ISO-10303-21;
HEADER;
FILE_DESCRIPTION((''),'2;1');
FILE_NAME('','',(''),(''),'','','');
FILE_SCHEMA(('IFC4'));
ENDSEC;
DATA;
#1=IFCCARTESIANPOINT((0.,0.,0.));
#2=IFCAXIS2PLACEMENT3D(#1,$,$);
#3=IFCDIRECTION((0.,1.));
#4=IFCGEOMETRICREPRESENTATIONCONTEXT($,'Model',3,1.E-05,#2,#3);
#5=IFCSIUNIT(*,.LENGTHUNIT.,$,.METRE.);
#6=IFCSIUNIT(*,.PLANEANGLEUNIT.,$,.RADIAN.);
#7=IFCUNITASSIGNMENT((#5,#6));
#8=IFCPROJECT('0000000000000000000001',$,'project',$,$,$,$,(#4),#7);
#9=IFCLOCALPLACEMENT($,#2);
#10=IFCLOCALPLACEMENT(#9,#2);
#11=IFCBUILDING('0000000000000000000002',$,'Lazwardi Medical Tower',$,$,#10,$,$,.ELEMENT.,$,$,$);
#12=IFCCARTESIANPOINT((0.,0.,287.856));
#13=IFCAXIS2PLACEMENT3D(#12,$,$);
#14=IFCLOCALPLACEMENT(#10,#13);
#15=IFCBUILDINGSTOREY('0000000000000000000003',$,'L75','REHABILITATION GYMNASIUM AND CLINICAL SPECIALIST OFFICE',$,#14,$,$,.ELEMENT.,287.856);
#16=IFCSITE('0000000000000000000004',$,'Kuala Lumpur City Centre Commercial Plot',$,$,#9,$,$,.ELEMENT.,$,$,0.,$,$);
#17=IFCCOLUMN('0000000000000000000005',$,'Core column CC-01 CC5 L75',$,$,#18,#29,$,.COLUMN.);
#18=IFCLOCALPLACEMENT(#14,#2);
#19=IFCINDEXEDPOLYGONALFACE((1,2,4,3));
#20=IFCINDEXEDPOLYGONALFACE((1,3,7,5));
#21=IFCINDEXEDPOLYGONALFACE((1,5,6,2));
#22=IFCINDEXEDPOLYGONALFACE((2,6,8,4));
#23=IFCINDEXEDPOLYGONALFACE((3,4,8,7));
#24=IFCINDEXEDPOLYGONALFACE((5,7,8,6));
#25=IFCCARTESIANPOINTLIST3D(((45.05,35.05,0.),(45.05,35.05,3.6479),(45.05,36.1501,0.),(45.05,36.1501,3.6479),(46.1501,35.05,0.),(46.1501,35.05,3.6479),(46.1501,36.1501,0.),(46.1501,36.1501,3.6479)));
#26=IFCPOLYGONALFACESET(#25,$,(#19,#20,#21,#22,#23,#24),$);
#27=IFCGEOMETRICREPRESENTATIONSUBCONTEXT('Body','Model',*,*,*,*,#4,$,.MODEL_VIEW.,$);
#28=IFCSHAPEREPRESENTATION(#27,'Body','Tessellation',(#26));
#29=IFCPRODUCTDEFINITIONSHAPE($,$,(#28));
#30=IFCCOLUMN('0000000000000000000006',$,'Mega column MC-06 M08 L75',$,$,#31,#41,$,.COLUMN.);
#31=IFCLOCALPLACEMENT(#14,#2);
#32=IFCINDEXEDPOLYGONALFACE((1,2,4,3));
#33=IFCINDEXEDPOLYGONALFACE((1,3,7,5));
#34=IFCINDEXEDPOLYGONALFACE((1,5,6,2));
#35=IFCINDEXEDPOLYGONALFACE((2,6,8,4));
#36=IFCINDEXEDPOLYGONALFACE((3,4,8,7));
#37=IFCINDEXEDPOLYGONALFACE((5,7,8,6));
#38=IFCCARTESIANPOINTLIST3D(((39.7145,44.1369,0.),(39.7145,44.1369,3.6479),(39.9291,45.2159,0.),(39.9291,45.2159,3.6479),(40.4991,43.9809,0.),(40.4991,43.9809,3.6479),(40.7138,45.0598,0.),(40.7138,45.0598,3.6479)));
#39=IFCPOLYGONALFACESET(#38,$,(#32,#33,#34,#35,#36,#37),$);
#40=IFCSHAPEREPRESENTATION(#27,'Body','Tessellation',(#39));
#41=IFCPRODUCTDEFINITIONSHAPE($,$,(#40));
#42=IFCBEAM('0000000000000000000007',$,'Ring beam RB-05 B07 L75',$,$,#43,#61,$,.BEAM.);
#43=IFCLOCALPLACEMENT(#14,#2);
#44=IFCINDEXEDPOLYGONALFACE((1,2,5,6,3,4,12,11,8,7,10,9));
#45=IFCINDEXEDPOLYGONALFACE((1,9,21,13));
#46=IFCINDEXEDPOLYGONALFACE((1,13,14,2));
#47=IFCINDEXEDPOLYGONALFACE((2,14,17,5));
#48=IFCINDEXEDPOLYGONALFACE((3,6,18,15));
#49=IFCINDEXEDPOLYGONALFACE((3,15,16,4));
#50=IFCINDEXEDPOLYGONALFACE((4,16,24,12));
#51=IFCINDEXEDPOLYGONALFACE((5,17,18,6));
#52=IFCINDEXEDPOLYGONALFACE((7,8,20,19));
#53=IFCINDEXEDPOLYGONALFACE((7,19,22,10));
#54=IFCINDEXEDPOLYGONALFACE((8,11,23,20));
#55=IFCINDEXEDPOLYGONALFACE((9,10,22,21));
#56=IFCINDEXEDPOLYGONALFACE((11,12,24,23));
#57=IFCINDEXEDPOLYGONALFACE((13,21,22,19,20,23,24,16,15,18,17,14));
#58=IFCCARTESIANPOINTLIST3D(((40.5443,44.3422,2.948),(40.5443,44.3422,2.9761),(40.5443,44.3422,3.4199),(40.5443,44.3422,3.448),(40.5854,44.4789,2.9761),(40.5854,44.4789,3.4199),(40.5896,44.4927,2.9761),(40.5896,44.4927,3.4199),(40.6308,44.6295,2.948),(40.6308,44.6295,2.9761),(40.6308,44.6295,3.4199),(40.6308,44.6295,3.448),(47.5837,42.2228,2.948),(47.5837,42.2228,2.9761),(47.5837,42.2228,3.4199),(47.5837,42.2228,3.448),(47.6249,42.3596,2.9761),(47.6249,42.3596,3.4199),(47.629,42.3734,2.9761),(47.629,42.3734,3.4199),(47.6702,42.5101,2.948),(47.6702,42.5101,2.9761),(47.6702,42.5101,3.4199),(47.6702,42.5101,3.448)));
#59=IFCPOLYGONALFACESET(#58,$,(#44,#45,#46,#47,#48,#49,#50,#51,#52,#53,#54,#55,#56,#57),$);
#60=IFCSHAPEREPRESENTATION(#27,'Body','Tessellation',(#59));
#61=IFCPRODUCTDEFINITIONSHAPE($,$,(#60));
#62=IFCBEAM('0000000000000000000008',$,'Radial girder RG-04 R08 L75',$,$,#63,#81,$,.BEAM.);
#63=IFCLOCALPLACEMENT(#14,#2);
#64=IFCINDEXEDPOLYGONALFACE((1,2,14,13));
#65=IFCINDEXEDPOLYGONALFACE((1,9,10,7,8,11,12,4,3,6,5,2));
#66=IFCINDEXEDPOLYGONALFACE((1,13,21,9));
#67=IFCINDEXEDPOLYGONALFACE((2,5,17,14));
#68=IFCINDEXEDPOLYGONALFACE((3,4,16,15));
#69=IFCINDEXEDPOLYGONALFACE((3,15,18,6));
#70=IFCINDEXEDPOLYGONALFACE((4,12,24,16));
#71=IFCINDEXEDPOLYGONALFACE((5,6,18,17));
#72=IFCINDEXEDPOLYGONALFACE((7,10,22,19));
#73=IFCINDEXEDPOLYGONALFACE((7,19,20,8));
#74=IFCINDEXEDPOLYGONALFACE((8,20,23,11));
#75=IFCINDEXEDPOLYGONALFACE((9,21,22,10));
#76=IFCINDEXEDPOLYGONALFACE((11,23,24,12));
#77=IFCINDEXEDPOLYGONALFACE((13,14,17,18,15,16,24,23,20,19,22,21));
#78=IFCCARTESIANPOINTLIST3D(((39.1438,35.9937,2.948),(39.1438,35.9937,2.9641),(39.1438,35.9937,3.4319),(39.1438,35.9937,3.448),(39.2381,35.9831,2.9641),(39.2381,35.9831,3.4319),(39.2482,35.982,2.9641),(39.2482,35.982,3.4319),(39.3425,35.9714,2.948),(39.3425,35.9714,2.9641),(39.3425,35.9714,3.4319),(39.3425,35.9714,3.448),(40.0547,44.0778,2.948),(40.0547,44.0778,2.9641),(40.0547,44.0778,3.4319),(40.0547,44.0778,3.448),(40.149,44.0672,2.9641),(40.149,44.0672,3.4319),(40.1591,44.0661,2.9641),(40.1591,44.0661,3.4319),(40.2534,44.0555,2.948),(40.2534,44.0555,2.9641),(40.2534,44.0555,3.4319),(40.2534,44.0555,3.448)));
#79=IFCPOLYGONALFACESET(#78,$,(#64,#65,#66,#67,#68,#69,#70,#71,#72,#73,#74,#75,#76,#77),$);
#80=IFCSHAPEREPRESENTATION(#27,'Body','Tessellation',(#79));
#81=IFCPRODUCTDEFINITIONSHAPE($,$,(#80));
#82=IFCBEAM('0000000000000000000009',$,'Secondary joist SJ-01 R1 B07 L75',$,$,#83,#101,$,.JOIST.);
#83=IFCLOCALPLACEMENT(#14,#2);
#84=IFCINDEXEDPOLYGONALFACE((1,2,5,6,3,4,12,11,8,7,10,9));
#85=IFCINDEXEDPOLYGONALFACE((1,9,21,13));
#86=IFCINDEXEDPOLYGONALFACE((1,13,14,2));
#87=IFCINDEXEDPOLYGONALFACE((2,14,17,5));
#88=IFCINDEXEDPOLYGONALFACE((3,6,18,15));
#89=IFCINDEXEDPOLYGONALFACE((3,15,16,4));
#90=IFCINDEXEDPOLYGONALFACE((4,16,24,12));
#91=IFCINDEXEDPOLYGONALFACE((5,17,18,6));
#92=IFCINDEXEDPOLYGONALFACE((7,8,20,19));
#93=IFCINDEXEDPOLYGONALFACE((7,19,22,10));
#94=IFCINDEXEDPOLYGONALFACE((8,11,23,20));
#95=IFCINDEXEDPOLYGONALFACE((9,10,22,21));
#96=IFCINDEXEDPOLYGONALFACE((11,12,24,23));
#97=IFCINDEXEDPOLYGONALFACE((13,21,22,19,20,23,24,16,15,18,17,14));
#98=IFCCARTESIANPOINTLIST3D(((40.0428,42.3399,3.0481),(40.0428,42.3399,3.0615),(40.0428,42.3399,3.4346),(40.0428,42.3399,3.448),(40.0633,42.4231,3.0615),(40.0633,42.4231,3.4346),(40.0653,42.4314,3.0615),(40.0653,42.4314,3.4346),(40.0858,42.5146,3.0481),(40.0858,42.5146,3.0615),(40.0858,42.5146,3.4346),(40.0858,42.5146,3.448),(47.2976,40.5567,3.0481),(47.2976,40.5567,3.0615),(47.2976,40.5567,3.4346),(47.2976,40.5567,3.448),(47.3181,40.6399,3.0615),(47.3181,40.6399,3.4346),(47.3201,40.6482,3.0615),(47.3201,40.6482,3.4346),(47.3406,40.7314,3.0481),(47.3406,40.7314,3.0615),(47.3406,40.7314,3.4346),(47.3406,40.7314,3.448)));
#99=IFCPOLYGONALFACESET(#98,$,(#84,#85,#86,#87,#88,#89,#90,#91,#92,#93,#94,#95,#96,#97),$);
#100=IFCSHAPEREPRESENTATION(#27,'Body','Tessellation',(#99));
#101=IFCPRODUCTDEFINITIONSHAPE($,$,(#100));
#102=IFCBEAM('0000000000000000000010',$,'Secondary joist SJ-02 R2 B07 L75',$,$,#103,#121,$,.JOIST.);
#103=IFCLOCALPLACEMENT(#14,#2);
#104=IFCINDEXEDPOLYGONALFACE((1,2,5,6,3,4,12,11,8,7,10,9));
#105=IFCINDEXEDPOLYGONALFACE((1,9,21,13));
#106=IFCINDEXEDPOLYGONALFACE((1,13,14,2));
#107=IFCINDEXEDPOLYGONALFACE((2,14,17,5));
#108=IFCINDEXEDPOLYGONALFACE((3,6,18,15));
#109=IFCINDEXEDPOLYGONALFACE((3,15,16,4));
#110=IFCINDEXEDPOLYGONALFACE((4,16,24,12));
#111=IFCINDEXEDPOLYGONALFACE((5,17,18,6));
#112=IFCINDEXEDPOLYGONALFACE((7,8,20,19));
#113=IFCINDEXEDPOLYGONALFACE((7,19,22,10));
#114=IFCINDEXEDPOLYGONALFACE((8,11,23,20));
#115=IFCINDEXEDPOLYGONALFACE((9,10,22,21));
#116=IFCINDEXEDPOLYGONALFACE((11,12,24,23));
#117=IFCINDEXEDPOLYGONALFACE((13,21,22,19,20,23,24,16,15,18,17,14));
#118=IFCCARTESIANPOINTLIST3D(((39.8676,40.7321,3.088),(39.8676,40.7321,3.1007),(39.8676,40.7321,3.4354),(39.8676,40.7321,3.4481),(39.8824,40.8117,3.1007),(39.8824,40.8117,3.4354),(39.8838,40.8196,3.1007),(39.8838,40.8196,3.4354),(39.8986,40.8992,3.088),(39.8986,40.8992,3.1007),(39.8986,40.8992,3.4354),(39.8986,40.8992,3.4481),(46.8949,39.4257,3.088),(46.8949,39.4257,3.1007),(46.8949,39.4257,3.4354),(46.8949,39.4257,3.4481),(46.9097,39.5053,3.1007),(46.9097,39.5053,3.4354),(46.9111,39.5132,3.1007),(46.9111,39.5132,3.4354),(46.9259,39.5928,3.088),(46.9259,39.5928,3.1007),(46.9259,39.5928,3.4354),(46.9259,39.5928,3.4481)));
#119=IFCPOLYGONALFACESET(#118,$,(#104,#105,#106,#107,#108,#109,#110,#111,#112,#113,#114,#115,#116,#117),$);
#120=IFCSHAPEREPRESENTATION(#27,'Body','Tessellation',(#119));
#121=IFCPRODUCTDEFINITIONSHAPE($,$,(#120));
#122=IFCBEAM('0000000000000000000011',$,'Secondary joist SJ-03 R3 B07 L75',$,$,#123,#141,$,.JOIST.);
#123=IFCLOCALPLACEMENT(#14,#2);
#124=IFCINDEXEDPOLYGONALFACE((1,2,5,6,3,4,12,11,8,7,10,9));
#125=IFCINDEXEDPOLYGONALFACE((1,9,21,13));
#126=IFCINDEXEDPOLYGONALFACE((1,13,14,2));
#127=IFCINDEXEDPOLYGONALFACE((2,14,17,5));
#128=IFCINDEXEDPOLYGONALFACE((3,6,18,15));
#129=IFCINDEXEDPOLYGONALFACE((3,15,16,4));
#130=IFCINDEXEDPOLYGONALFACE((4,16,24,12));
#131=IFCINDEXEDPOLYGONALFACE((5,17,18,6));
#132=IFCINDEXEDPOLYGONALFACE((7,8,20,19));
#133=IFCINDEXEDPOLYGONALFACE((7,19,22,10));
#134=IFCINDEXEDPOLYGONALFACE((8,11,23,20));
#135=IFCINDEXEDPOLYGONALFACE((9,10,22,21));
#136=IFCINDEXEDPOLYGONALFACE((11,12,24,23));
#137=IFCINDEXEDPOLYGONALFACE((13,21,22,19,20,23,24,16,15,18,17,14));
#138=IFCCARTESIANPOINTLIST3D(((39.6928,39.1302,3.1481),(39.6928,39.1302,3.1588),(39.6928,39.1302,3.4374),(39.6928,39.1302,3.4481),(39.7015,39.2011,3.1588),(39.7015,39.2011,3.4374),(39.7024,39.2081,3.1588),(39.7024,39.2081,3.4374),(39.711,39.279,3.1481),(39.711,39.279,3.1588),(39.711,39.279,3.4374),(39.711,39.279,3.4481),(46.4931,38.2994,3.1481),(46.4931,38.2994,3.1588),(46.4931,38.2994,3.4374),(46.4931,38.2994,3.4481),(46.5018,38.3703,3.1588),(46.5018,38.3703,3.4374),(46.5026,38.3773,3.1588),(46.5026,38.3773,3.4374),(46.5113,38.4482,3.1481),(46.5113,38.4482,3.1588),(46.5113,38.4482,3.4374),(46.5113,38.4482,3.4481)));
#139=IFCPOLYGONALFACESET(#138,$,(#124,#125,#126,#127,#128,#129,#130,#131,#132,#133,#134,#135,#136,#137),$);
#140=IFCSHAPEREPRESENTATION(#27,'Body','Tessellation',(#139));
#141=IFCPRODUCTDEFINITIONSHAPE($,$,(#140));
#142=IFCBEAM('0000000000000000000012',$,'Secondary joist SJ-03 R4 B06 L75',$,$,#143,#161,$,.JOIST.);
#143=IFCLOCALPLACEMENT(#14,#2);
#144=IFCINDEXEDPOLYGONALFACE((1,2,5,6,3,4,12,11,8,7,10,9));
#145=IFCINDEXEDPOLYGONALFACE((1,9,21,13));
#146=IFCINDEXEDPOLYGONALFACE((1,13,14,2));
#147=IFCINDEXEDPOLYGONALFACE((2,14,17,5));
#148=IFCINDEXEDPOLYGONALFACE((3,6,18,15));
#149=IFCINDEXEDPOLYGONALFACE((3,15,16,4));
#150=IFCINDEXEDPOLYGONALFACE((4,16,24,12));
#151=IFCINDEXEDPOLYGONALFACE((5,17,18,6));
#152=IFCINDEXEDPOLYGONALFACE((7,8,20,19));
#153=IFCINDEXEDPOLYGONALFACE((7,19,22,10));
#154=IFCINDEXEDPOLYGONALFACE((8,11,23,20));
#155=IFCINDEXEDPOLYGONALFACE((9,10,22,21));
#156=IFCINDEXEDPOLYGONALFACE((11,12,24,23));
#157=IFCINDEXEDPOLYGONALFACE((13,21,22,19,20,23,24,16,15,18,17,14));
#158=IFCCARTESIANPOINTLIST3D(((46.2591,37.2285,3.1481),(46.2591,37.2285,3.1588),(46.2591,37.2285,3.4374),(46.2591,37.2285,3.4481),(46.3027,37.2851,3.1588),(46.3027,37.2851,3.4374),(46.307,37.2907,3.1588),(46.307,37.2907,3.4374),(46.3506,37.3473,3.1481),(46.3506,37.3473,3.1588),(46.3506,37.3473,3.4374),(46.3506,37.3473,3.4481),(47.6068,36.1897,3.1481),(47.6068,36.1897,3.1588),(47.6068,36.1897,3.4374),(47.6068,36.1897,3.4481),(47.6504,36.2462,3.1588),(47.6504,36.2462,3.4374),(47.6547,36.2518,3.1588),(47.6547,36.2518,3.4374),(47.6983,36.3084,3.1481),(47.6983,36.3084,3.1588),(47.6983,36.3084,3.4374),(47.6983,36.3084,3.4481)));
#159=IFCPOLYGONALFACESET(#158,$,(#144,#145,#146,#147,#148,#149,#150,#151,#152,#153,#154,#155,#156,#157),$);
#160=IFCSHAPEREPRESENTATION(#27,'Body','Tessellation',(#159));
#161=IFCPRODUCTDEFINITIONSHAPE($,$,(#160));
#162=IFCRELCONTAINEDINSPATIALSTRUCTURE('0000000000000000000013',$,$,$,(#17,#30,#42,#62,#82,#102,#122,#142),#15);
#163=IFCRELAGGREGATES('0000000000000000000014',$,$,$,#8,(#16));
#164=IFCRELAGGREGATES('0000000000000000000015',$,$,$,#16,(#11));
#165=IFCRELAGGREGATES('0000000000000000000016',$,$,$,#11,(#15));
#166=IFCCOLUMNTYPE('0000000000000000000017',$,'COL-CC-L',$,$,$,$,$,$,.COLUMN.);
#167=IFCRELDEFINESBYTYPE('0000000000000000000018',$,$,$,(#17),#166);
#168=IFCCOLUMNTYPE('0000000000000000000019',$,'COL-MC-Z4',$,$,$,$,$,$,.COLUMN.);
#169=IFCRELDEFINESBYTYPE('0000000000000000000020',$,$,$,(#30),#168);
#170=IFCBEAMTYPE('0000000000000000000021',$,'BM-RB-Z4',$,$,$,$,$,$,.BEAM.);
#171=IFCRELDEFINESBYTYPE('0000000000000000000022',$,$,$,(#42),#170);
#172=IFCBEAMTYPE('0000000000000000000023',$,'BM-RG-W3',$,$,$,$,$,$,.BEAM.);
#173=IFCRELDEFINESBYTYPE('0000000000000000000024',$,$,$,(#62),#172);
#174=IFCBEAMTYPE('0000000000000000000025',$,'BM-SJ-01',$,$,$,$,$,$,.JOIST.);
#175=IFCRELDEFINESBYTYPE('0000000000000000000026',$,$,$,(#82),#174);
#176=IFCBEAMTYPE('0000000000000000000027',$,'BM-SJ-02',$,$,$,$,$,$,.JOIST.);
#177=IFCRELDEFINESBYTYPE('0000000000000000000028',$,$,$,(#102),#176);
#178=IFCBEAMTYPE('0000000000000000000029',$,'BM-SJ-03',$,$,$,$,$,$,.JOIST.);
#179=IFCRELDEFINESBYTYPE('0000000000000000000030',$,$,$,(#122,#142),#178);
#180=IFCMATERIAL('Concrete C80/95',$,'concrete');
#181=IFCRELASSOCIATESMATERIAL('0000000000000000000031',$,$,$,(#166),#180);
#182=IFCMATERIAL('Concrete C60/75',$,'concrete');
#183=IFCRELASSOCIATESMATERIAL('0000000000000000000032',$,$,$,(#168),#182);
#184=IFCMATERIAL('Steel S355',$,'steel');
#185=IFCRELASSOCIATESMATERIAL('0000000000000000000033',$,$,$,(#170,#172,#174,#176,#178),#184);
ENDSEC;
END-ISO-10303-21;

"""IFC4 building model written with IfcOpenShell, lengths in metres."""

from ifc_helpers import new_model, si_unit, direction, frame, origin, origin_2d, place, context, subcontext, project, spatial, rectangle, i_section, extrude, material, material_profile, profile_set, type_object, element, save


model = new_model("IFC4")

# Units and contexts
model_context = context("Model", 3, precision=1e-05, world=origin(), true_north=direction((0.0, 1.0)))
body_context = subcontext(model_context, "Body", "Model", "MODEL_VIEW")
ifc_project = project(units=[si_unit("LENGTHUNIT", "METRE"), si_unit("PLANEANGLEUNIT", "RADIAN")], contexts=[model_context])

# Site, building, storey
site_placement = place(None, origin())
site = spatial("IfcSite", under=ifc_project, at=site_placement, Name="Kuala Lumpur City Centre Commercial Plot", CompositionType="ELEMENT", RefElevation=0.0)
building_placement = place(site_placement, origin())
building = spatial("IfcBuilding", under=site, at=building_placement, Name="Lazwardi Medical Tower", CompositionType="ELEMENT")
storey_placement = place(building_placement, frame((0.0, 0.0, 287.856)))
storey = spatial("IfcBuildingStorey", under=building, at=storey_placement, Name="L75", Description="REHABILITATION GYMNASIUM AND CLINICAL SPECIALIST OFFICE", CompositionType="ELEMENT", Elevation=287.856)

# Columns
ifc_material_1 = material(Name="Concrete C80/95", Category="concrete")
ifc_material_profile_1 = material_profile(ifc_material_1, rectangle(XDim=1.1001, YDim=1.1001, at=origin_2d()), Name="RC 1100x1100")
ifc_profile_set_1 = profile_set([ifc_material_profile_1], Name="Concrete C80/95")
column_type_1 = type_object("IfcColumnType", Name="COL-CC-L", PredefinedType="COLUMN", material=ifc_profile_set_1)
column_1_placement = place(storey_placement, frame((45.6001, 35.6001, 0.0), z_axis=(0.0, 0.0, 1.0), x_axis=(1.0, 0.0, 0.0)))
element("IfcColumn", 1, at=column_1_placement, inside=storey, type_object=column_type_1, Name="Core column CC-01 CC5 L75", PredefinedType="COLUMN", context=body_context, shape_type="SweptSolid", body=[
    extrude(rectangle(XDim=1.1001, YDim=1.1001, at=origin_2d()), origin(), (0.0, 0.0, 1.0), 3.6479),
])
ifc_material_2 = material(Name="Concrete C60/75", Category="concrete")
ifc_material_profile_2 = material_profile(ifc_material_2, rectangle(XDim=1.1001, YDim=0.8, at=origin_2d()), Name="CFT-RECT 1100x800")
ifc_profile_set_2 = profile_set([ifc_material_profile_2], Name="Concrete C60/75")
column_type_2 = type_object("IfcColumnType", Name="COL-MC-Z4", PredefinedType="COLUMN", material=ifc_profile_set_2)
column_2_placement = place(storey_placement, frame((40.2141, 44.5984, 0.0), z_axis=(0.0, 0.0, 1.0), x_axis=(0.19509, 0.980785, 0.0)))
element("IfcColumn", 2, at=column_2_placement, inside=storey, type_object=column_type_2, Name="Mega column MC-06 M08 L75", PredefinedType="COLUMN", context=body_context, shape_type="SweptSolid", body=[
    extrude(rectangle(XDim=1.1001, YDim=0.8, at=origin_2d()), origin(), (0.0, 0.0, 1.0), 3.6479),
])

# Beams
ifc_material_3 = material(Name="Steel S355", Category="steel")
ifc_material_profile_3 = material_profile(ifc_material_3, i_section(OverallWidth=0.3, OverallDepth=0.5, WebThickness=0.0144, FlangeThickness=0.0281, at=origin_2d()), Name="HEB 500")
ifc_profile_set_3 = profile_set([ifc_material_profile_3], Name="Steel S355")
beam_type_1 = type_object("IfcBeamType", Name="BM-RB-Z4", PredefinedType="BEAM", material=ifc_profile_set_3)
beam_1_placement = place(storey_placement, frame((47.627, 42.3665, 3.198), z_axis=(-0.957544, 0.288286, 0.0), x_axis=(-0.288286, -0.957544, 0.0)))
element("IfcBeam", 3, at=beam_1_placement, inside=storey, type_object=beam_type_1, Name="Ring beam RB-05 B07 L75", PredefinedType="BEAM", context=body_context, shape_type="SweptSolid", body=[
    extrude(i_section(OverallWidth=0.3, OverallDepth=0.5, WebThickness=0.0144, FlangeThickness=0.0281, at=origin_2d()), origin(), (0.0, 0.0, 1.0), 7.3516),
])
ifc_material_profile_4 = material_profile(ifc_material_3, i_section(OverallWidth=0.2, OverallDepth=0.5, WebThickness=0.0103, FlangeThickness=0.0161, at=origin_2d()), Name="IPE 500")
ifc_profile_set_4 = profile_set([ifc_material_profile_4], Name="Steel S355")
beam_type_2 = type_object("IfcBeamType", Name="BM-RG-W3", PredefinedType="BEAM", material=ifc_profile_set_4)
beam_2_placement = place(storey_placement, frame((40.1541, 44.0667, 3.198), z_axis=(-0.11197, -0.993712, 0.0), x_axis=(0.993712, -0.11197, 0.0)))
element("IfcBeam", 4, at=beam_2_placement, inside=storey, type_object=beam_type_2, Name="Radial girder RG-04 R08 L75", PredefinedType="BEAM", context=body_context, shape_type="SweptSolid", body=[
    extrude(i_section(OverallWidth=0.2, OverallDepth=0.5, WebThickness=0.0103, FlangeThickness=0.0161, at=origin_2d()), origin(), (0.0, 0.0, 1.0), 8.1353),
])
ifc_material_profile_5 = material_profile(ifc_material_3, i_section(OverallWidth=0.1799, OverallDepth=0.3999, WebThickness=0.0085, FlangeThickness=0.0134, at=origin_2d()), Name="IPE 400")
ifc_profile_set_5 = profile_set([ifc_material_profile_5], Name="Steel S355")
beam_type_3 = type_object("IfcBeamType", Name="BM-SJ-01", PredefinedType="JOIST", material=ifc_profile_set_5)
beam_3_placement = place(storey_placement, frame((47.3191, 40.644, 3.248), z_axis=(-0.971096, 0.238689, 0.0), x_axis=(-0.238689, -0.971096, 0.0)))
element("IfcBeam", 5, at=beam_3_placement, inside=storey, type_object=beam_type_3, Name="Secondary joist SJ-01 R1 B07 L75", PredefinedType="JOIST", context=body_context, shape_type="SweptSolid", body=[
    extrude(i_section(OverallWidth=0.1799, OverallDepth=0.3999, WebThickness=0.0085, FlangeThickness=0.0134, at=origin_2d()), origin(), (0.0, 0.0, 1.0), 7.4707),
])
ifc_material_profile_6 = material_profile(ifc_material_3, i_section(OverallWidth=0.1699, OverallDepth=0.3601, WebThickness=0.0081, FlangeThickness=0.0127, at=origin_2d()), Name="IPE 360")
ifc_profile_set_6 = profile_set([ifc_material_profile_6], Name="Steel S355")
beam_type_4 = type_object("IfcBeamType", Name="BM-SJ-02", PredefinedType="JOIST", material=ifc_profile_set_6)
beam_4_placement = place(storey_placement, frame((46.9104, 39.5093, 3.2681), z_axis=(-0.983156, 0.18277, 0.0), x_axis=(-0.18277, -0.983156, 0.0)))
element("IfcBeam", 6, at=beam_4_placement, inside=storey, type_object=beam_type_4, Name="Secondary joist SJ-02 R2 B07 L75", PredefinedType="JOIST", context=body_context, shape_type="SweptSolid", body=[
    extrude(i_section(OverallWidth=0.1699, OverallDepth=0.3601, WebThickness=0.0081, FlangeThickness=0.0127, at=origin_2d()), origin(), (0.0, 0.0, 1.0), 7.1477),
])
ifc_material_profile_7 = material_profile(ifc_material_3, i_section(OverallWidth=0.1499, OverallDepth=0.3, WebThickness=0.0071, FlangeThickness=0.0107, at=origin_2d()), Name="IPE 300")
ifc_profile_set_7 = profile_set([ifc_material_profile_7], Name="Steel S355")
beam_type_5 = type_object("IfcBeamType", Name="BM-SJ-03", PredefinedType="JOIST", material=ifc_profile_set_7)
beam_5_placement = place(storey_placement, frame((46.5022, 38.3738, 3.2981), z_axis=(-0.992619, 0.121271, 0.0), x_axis=(-0.121271, -0.992619, 0.0)))
element("IfcBeam", 7, at=beam_5_placement, inside=storey, type_object=beam_type_5, Name="Secondary joist SJ-03 R3 B07 L75", PredefinedType="JOIST", context=body_context, shape_type="SweptSolid", body=[
    extrude(i_section(OverallWidth=0.1499, OverallDepth=0.3, WebThickness=0.0071, FlangeThickness=0.0107, at=origin_2d()), origin(), (0.0, 0.0, 1.0), 6.8508),
])
beam_6_placement = place(storey_placement, frame((47.6526, 36.249, 3.2981), z_axis=(-0.79201, 0.610508, 0.0), x_axis=(-0.610508, -0.79201, 0.0)))
element("IfcBeam", 8, at=beam_6_placement, inside=storey, type_object=beam_type_5, Name="Secondary joist SJ-03 R4 B06 L75", PredefinedType="JOIST", context=body_context, shape_type="SweptSolid", body=[
    extrude(i_section(OverallWidth=0.1499, OverallDepth=0.3, WebThickness=0.0071, FlangeThickness=0.0107, at=origin_2d()), origin(), (0.0, 0.0, 1.0), 1.7017),
])

save(model, "model.ifc")
